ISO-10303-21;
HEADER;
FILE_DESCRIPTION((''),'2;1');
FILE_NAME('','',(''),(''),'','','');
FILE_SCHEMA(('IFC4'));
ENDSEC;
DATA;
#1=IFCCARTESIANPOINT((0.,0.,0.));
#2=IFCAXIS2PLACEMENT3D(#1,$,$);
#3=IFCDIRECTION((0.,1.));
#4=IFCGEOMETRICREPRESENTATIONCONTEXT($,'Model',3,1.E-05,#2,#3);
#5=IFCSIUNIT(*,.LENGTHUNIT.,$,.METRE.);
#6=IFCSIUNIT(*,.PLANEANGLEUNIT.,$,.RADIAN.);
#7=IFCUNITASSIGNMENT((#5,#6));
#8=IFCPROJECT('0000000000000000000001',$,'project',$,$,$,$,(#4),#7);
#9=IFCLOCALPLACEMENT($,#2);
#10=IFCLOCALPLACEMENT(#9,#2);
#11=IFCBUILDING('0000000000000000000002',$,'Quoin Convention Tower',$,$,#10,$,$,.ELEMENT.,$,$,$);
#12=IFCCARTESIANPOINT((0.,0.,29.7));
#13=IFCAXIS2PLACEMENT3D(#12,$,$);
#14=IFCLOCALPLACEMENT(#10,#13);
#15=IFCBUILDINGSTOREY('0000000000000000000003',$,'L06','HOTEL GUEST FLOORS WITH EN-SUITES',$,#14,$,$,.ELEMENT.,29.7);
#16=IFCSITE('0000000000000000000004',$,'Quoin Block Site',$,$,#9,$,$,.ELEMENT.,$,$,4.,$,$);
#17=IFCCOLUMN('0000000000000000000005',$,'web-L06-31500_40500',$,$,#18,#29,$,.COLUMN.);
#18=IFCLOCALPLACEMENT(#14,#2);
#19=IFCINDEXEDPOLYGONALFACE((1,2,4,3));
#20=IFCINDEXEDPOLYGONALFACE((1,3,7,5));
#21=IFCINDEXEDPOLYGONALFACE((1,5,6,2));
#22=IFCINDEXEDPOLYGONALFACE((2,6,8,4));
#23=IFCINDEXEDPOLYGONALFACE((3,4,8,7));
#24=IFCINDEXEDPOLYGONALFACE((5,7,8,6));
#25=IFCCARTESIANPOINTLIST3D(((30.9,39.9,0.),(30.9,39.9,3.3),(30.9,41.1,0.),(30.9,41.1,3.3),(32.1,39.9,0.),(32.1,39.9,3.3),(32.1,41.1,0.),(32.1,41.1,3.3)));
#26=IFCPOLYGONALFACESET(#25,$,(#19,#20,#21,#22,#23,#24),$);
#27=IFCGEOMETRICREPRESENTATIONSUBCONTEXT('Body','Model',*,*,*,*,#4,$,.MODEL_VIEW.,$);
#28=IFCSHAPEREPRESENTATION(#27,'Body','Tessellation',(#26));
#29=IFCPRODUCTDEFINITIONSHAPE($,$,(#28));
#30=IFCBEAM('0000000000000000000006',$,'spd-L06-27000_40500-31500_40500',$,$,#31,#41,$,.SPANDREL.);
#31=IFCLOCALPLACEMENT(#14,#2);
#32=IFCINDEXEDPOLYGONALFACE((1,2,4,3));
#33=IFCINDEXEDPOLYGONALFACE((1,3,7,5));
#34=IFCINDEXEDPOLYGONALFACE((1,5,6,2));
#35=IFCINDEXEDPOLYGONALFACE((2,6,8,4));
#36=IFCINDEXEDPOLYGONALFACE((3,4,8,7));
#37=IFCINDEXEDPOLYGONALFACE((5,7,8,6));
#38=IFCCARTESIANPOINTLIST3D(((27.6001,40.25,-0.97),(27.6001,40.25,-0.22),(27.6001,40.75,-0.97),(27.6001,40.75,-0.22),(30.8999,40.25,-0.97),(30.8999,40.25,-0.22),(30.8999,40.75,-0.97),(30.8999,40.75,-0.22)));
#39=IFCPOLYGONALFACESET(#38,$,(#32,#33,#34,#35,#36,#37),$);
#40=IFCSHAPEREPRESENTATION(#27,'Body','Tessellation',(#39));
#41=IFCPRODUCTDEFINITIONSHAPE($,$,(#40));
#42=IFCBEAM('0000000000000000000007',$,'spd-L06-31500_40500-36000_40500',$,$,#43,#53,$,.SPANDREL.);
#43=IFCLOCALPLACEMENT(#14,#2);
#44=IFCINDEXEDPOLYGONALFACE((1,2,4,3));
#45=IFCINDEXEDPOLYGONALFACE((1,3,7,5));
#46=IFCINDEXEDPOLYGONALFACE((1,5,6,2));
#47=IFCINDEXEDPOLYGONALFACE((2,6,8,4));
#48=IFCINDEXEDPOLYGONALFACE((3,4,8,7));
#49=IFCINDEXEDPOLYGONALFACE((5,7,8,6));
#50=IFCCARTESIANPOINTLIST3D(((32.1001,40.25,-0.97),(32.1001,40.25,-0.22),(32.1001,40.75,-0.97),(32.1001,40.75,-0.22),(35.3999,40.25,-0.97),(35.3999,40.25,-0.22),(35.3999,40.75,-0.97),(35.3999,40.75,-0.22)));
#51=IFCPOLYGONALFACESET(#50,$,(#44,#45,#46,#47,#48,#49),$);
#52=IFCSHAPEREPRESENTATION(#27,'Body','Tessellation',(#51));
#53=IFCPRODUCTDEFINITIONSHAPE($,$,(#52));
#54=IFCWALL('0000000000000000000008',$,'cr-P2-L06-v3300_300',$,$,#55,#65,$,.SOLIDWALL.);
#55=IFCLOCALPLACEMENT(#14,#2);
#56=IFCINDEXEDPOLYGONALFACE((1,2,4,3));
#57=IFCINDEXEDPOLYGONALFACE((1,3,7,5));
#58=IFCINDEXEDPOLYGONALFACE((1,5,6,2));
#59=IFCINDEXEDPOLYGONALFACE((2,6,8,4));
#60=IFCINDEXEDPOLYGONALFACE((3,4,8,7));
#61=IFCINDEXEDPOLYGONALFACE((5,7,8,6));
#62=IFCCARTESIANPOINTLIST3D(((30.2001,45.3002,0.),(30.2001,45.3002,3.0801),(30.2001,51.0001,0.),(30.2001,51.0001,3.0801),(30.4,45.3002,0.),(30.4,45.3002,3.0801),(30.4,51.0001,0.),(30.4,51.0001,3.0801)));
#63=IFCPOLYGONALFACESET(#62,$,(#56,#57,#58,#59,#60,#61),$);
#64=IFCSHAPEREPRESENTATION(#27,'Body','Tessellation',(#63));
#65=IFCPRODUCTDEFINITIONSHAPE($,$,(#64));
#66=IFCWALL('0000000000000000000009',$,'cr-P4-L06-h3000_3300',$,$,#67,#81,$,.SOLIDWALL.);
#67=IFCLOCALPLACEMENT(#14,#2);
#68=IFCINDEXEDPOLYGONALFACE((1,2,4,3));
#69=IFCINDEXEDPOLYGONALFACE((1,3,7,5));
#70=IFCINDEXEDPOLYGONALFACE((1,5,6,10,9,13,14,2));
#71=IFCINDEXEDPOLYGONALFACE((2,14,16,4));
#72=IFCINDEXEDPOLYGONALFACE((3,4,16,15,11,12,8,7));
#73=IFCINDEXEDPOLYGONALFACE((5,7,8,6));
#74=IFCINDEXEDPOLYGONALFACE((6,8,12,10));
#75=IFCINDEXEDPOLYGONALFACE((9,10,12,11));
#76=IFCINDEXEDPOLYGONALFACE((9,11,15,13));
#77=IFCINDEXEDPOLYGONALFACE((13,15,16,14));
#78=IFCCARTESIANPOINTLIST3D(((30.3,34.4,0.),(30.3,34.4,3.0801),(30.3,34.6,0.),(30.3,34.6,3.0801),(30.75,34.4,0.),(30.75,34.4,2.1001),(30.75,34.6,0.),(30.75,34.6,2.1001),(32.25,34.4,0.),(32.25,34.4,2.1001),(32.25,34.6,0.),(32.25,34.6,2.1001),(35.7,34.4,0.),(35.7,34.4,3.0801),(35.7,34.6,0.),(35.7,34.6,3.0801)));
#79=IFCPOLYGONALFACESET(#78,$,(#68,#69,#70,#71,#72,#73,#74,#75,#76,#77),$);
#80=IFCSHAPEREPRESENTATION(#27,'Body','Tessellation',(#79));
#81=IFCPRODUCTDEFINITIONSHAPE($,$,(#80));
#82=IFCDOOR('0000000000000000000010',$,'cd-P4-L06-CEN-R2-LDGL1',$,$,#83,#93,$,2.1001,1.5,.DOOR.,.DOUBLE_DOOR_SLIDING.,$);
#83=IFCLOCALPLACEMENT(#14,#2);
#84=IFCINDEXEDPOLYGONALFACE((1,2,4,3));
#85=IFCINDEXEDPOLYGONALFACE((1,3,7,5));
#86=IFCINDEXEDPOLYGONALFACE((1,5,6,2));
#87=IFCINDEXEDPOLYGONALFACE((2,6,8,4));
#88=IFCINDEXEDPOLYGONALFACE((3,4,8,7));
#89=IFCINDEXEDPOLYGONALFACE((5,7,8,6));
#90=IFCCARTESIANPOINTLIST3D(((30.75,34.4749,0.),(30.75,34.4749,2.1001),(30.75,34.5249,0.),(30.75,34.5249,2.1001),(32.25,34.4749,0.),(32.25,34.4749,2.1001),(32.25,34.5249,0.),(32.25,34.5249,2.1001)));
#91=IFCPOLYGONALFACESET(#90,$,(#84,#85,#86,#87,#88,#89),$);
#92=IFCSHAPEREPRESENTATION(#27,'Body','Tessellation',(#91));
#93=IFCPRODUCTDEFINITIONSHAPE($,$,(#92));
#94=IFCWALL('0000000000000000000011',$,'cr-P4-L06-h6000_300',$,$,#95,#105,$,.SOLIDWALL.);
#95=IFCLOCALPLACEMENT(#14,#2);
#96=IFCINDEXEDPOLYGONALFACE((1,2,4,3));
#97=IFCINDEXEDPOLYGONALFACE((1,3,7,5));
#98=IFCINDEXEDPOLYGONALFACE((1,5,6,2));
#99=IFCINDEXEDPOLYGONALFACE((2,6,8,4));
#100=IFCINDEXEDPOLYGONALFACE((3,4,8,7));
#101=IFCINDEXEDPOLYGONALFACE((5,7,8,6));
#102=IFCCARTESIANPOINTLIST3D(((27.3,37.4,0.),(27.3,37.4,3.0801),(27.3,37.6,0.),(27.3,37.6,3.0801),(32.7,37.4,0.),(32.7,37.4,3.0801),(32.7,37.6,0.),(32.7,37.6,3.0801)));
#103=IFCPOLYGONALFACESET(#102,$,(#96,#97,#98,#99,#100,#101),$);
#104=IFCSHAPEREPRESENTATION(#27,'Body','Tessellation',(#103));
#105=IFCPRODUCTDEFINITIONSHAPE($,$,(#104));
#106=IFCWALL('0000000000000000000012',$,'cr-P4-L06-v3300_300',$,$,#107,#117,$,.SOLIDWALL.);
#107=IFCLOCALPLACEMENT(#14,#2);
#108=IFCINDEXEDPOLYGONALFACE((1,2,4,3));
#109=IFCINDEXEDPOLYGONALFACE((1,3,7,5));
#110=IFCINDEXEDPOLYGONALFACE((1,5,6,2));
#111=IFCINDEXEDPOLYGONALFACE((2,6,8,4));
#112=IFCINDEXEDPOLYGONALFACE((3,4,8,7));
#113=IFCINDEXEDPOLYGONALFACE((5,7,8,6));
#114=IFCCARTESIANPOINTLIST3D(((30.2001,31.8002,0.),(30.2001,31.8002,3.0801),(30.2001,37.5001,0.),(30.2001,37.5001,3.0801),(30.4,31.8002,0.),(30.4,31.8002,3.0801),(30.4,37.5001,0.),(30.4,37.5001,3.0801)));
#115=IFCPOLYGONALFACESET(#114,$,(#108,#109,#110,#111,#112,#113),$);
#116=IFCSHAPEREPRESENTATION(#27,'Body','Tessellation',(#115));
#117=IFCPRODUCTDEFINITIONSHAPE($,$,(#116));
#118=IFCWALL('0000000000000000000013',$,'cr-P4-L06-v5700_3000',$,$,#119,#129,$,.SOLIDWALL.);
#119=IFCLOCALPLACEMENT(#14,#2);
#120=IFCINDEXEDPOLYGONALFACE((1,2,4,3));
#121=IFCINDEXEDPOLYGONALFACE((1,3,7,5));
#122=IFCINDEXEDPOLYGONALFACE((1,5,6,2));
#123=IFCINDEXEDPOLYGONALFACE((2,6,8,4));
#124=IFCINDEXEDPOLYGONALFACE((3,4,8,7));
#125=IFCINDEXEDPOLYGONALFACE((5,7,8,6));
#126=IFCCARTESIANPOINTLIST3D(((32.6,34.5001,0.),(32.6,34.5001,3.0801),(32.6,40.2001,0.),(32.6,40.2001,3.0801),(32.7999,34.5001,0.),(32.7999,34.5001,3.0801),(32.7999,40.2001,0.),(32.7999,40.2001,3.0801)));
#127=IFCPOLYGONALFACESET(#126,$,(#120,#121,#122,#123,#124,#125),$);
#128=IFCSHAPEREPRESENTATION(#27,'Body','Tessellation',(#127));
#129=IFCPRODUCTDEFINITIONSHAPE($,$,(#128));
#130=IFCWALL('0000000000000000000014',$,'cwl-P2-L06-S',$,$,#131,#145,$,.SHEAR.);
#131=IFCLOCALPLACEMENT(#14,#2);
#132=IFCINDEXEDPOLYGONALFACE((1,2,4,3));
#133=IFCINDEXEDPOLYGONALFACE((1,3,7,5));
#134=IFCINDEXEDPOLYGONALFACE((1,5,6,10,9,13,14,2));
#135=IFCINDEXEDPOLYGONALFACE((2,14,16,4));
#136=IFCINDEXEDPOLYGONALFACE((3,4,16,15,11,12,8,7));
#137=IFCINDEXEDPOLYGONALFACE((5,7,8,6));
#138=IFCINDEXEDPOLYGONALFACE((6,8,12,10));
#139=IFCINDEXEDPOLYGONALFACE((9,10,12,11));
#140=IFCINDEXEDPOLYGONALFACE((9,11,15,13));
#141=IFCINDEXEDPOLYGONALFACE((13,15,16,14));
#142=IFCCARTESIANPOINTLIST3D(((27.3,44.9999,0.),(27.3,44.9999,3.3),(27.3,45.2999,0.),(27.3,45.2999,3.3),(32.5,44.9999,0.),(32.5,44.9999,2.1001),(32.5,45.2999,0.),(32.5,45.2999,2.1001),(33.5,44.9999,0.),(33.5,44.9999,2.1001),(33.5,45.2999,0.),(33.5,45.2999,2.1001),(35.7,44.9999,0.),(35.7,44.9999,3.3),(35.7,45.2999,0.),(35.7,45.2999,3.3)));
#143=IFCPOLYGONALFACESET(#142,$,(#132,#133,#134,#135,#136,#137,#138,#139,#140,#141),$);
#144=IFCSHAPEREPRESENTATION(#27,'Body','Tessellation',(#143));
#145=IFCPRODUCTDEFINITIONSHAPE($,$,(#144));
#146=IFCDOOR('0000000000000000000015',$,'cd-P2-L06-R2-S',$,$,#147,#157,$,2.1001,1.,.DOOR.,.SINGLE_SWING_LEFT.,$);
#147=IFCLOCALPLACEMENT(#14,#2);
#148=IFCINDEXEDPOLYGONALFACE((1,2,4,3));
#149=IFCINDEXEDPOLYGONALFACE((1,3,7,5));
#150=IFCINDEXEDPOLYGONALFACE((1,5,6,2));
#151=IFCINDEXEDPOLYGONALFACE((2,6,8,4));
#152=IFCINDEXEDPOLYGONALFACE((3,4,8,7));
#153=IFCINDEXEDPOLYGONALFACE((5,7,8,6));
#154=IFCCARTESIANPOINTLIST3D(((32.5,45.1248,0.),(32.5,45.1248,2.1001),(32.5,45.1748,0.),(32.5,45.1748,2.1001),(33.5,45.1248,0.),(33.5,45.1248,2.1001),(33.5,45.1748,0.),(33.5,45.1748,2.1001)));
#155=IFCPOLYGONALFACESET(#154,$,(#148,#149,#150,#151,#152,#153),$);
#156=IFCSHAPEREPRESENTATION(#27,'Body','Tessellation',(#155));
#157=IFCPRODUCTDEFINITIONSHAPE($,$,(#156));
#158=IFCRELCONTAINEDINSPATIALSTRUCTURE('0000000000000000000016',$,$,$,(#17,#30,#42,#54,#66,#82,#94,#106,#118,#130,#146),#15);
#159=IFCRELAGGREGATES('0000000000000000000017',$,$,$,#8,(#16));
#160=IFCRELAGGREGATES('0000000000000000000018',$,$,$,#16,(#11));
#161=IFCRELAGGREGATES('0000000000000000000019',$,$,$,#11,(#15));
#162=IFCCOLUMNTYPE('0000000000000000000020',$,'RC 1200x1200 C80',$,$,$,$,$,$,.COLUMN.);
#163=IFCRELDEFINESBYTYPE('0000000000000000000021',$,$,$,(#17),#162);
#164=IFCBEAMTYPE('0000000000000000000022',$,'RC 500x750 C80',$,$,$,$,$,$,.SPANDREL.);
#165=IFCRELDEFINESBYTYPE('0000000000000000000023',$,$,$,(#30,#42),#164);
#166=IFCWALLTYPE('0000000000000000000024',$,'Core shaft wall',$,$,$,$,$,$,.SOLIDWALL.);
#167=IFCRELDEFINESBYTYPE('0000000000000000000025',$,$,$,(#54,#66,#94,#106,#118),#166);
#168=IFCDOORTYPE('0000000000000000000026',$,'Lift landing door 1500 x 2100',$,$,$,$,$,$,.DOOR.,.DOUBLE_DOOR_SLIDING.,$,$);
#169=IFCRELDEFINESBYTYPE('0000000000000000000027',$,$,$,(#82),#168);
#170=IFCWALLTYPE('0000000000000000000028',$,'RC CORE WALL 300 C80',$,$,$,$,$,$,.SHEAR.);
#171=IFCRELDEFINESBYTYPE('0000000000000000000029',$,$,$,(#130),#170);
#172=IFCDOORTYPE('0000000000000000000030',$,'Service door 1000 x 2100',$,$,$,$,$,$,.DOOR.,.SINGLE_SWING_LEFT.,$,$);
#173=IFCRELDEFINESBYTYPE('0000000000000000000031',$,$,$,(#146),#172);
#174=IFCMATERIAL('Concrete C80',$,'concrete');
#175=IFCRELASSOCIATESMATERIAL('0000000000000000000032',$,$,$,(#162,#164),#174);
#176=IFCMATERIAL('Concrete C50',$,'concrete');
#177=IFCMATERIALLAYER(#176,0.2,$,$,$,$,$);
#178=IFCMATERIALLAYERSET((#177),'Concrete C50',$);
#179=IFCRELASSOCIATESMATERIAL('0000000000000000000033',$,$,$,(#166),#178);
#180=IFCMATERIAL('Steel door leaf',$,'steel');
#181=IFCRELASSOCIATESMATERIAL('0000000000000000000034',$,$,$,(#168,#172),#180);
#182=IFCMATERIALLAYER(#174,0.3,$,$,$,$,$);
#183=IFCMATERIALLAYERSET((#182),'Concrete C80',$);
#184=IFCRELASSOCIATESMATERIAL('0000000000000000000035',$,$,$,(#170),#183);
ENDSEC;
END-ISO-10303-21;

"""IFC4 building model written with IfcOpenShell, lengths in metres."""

from ifc_helpers import new_model, si_unit, direction, frame, frame_2d, origin, origin_2d, place, context, subcontext, project, spatial, rectangle, extrude, material, layer, layer_set, material_profile, profile_set, type_object, element, fill, save


model = new_model("IFC4")

# Units and contexts
model_context = context("Model", 3, precision=1e-05, world=origin(), true_north=direction((0.0, 1.0)))
body_context = subcontext(model_context, "Body", "Model", "MODEL_VIEW")
ifc_project = project(units=[si_unit("LENGTHUNIT", "METRE"), si_unit("PLANEANGLEUNIT", "RADIAN")], contexts=[model_context])

# Site, building, storey
site_placement = place(None, origin())
site = spatial("IfcSite", under=ifc_project, at=site_placement, Name="Quoin Block Site", CompositionType="ELEMENT", RefElevation=4.0)
building_placement = place(site_placement, origin())
building = spatial("IfcBuilding", under=site, at=building_placement, Name="Quoin Convention Tower", CompositionType="ELEMENT")
storey_placement = place(building_placement, frame((0.0, 0.0, 29.7)))
storey = spatial("IfcBuildingStorey", under=building, at=storey_placement, Name="L06", Description="HOTEL GUEST FLOORS WITH EN-SUITES", CompositionType="ELEMENT", Elevation=29.7)

# Column
ifc_material_1 = material(Name="Concrete C80", Category="concrete")
ifc_material_profile_1 = material_profile(ifc_material_1, rectangle(XDim=1.2, YDim=1.2, at=origin_2d()), Name="RC 1200x1200")
ifc_profile_set_1 = profile_set([ifc_material_profile_1], Name="Concrete C80")
column_type = type_object("IfcColumnType", Name="RC 1200x1200 C80", PredefinedType="COLUMN", material=ifc_profile_set_1)
column_placement = place(storey_placement, frame((31.5, 40.5, 0.0), z_axis=(0.0, 0.0, 1.0), x_axis=(1.0, 0.0, 0.0)))
element("IfcColumn", 1, at=column_placement, inside=storey, type_object=column_type, Name="web-L06-31500_40500", PredefinedType="COLUMN", context=body_context, shape_type="SweptSolid", body=[
    extrude(rectangle(XDim=1.2, YDim=1.2, at=origin_2d()), origin(), (0.0, 0.0, 1.0), 3.3),
])

# Beams
ifc_material_profile_2 = material_profile(ifc_material_1, rectangle(XDim=0.5, YDim=0.75, at=origin_2d()), Name="RC 500x750")
ifc_profile_set_2 = profile_set([ifc_material_profile_2], Name="Concrete C80")
beam_type = type_object("IfcBeamType", Name="RC 500x750 C80", PredefinedType="SPANDREL", material=ifc_profile_set_2)
for number, where, z_axis, x_axis, name in (
    (2, (27.6001, 40.5, -0.595), (1.0, 0.0, 0.0), (0.0, 1.0, 0.0), "spd-L06-27000_40500-31500_40500"),
    (3, (32.1001, 40.5, -0.595), (1.0, 0.0, 0.0), (0.0, 1.0, 0.0), "spd-L06-31500_40500-36000_40500"),
):
    element("IfcBeam", number, at=place(storey_placement, frame(where, z_axis=z_axis, x_axis=x_axis)), inside=storey, type_object=beam_type, Name=name, PredefinedType="SPANDREL", context=body_context, shape_type="SweptSolid", body=[
        extrude(rectangle(XDim=0.5, YDim=0.75, at=origin_2d()), origin(), (0.0, 0.0, 1.0), 3.2998),
    ])

# Wall
ifc_material_2 = material(Name="Concrete C50", Category="concrete")
ifc_layer_1 = layer(ifc_material_2, 0.2)
ifc_layer_set_1 = layer_set([ifc_layer_1], Name="Concrete C50")
wall_type_1 = type_object("IfcWallType", Name="Core shaft wall", PredefinedType="SOLIDWALL", material=ifc_layer_set_1)
wall_1_placement = place(storey_placement, frame((30.3, 45.3, 0.0), z_axis=(0.0, 0.0, 1.0), x_axis=(0.0, 1.0, 0.0)))
element("IfcWall", 4, at=wall_1_placement, inside=storey, type_object=wall_type_1, Name="cr-P2-L06-v3300_300", PredefinedType="SOLIDWALL", context=body_context, shape_type="SweptSolid", body=[
    extrude(rectangle(XDim=5.7, YDim=0.2, at=frame_2d((2.8501, 0.0))), origin(), (0.0, 0.0, 1.0), 3.0801),
])

# Wall, opening, door
wall_2_placement = place(storey_placement, frame((30.3, 34.5, 0.0), z_axis=(0.0, 0.0, 1.0), x_axis=(1.0, 0.0, 0.0)))
wall_2 = element("IfcWall", 5, at=wall_2_placement, inside=storey, type_object=wall_type_1, Name="cr-P4-L06-h3000_3300", PredefinedType="SOLIDWALL", context=body_context, shape_type="SweptSolid", body=[
    extrude(rectangle(XDim=5.3999, YDim=0.2, at=frame_2d((2.7, 0.0))), origin(), (0.0, 0.0, 1.0), 3.0801),
])
opening_1_placement = place(wall_2_placement, frame((0.45, 0.0, 0.0)))
opening_1 = element("IfcOpeningElement", 6, at=opening_1_placement, cuts=wall_2, PredefinedType="OPENING", context=body_context, shape_type="SweptSolid", body=[
    extrude(rectangle(XDim=1.5, YDim=2.1001, at=frame_2d((0.75, 1.05))), frame((0.0, 0.1099, 0.0), z_axis=(0.0, -1.0, 0.0), x_axis=(1.0, 0.0, 0.0)), (0.0, 0.0, 1.0), 0.22),
])
ifc_material_3 = material(Name="Steel door leaf", Category="steel")
door_type_1 = type_object("IfcDoorType", Name="Lift landing door 1500 x 2100", OperationType="DOUBLE_DOOR_SLIDING", PredefinedType="DOOR", material=ifc_material_3)
door_1_placement = place(opening_1_placement, origin())
door_1 = element("IfcDoor", 7, at=door_1_placement, inside=storey, type_object=door_type_1, Name="cd-P4-L06-CEN-R2-LDGL1", OperationType="DOUBLE_DOOR_SLIDING", OverallHeight=2.1001, OverallWidth=1.5, PredefinedType="DOOR", context=body_context, shape_type="SweptSolid", body=[
    extrude(rectangle(XDim=1.5, YDim=2.1001, at=frame_2d((0.75, 1.05))), frame((0.0, 0.0249, 0.0), z_axis=(0.0, -1.0, 0.0), x_axis=(1.0, 0.0, 0.0)), (0.0, 0.0, 1.0), 0.05),
])
fill(opening_1, door_1)

# Walls
wall_3_placement = place(storey_placement, frame((27.3, 37.5, 0.0), z_axis=(0.0, 0.0, 1.0), x_axis=(1.0, 0.0, 0.0)))
element("IfcWall", 8, at=wall_3_placement, inside=storey, type_object=wall_type_1, Name="cr-P4-L06-h6000_300", PredefinedType="SOLIDWALL", context=body_context, shape_type="SweptSolid", body=[
    extrude(rectangle(XDim=5.3999, YDim=0.2, at=frame_2d((2.7, 0.0))), origin(), (0.0, 0.0, 1.0), 3.0801),
])
for number, where, z_axis, x_axis, name in (
    (9, (30.3, 31.8, 0.0), (0.0, 0.0, 1.0), (0.0, 1.0, 0.0), "cr-P4-L06-v3300_300"),
    (10, (32.7, 34.5, 0.0), (0.0, 0.0, 1.0), (0.0, 1.0, 0.0), "cr-P4-L06-v5700_3000"),
):
    element("IfcWall", number, at=place(storey_placement, frame(where, z_axis=z_axis, x_axis=x_axis)), inside=storey, type_object=wall_type_1, Name=name, PredefinedType="SOLIDWALL", context=body_context, shape_type="SweptSolid", body=[
        extrude(rectangle(XDim=5.7, YDim=0.2, at=frame_2d((2.8501, 0.0))), origin(), (0.0, 0.0, 1.0), 3.0801),
    ])

# Wall, opening, door
ifc_layer_2 = layer(ifc_material_1, 0.3)
ifc_layer_set_2 = layer_set([ifc_layer_2], Name="Concrete C80")
wall_type_2 = type_object("IfcWallType", Name="RC CORE WALL 300 C80", PredefinedType="SHEAR", material=ifc_layer_set_2)
wall_4_placement = place(storey_placement, frame((27.3, 45.1499, 0.0), z_axis=(0.0, 0.0, 1.0), x_axis=(1.0, 0.0, 0.0)))
wall_4 = element("IfcWall", 11, at=wall_4_placement, inside=storey, type_object=wall_type_2, Name="cwl-P2-L06-S", PredefinedType="SHEAR", context=body_context, shape_type="SweptSolid", body=[
    extrude(rectangle(XDim=8.3999, YDim=0.3, at=frame_2d((4.2, 0.0))), origin(), (0.0, 0.0, 1.0), 3.3),
])
opening_2_placement = place(wall_4_placement, frame((5.2, 0.0, 0.0)))
opening_2 = element("IfcOpeningElement", 12, at=opening_2_placement, cuts=wall_4, PredefinedType="OPENING", context=body_context, shape_type="SweptSolid", body=[
    extrude(rectangle(XDim=1.0, YDim=2.1001, at=frame_2d((0.5, 1.05))), frame((0.0, 0.1599, 0.0), z_axis=(0.0, -1.0, 0.0), x_axis=(1.0, 0.0, 0.0)), (0.0, 0.0, 1.0), 0.3201),
])
door_type_2 = type_object("IfcDoorType", Name="Service door 1000 x 2100", OperationType="SINGLE_SWING_LEFT", PredefinedType="DOOR", material=ifc_material_3)
door_2_placement = place(opening_2_placement, origin())
door_2 = element("IfcDoor", 13, at=door_2_placement, inside=storey, type_object=door_type_2, Name="cd-P2-L06-R2-S", OperationType="SINGLE_SWING_LEFT", OverallHeight=2.1001, OverallWidth=1.0, PredefinedType="DOOR", context=body_context, shape_type="SweptSolid", body=[
    extrude(rectangle(XDim=1.0, YDim=2.1001, at=frame_2d((0.5, 1.05))), frame((0.0, 0.0249, 0.0), z_axis=(0.0, -1.0, 0.0), x_axis=(1.0, 0.0, 0.0)), (0.0, 0.0, 1.0), 0.05),
])
fill(opening_2, door_2)

save(model, "model.ifc")
